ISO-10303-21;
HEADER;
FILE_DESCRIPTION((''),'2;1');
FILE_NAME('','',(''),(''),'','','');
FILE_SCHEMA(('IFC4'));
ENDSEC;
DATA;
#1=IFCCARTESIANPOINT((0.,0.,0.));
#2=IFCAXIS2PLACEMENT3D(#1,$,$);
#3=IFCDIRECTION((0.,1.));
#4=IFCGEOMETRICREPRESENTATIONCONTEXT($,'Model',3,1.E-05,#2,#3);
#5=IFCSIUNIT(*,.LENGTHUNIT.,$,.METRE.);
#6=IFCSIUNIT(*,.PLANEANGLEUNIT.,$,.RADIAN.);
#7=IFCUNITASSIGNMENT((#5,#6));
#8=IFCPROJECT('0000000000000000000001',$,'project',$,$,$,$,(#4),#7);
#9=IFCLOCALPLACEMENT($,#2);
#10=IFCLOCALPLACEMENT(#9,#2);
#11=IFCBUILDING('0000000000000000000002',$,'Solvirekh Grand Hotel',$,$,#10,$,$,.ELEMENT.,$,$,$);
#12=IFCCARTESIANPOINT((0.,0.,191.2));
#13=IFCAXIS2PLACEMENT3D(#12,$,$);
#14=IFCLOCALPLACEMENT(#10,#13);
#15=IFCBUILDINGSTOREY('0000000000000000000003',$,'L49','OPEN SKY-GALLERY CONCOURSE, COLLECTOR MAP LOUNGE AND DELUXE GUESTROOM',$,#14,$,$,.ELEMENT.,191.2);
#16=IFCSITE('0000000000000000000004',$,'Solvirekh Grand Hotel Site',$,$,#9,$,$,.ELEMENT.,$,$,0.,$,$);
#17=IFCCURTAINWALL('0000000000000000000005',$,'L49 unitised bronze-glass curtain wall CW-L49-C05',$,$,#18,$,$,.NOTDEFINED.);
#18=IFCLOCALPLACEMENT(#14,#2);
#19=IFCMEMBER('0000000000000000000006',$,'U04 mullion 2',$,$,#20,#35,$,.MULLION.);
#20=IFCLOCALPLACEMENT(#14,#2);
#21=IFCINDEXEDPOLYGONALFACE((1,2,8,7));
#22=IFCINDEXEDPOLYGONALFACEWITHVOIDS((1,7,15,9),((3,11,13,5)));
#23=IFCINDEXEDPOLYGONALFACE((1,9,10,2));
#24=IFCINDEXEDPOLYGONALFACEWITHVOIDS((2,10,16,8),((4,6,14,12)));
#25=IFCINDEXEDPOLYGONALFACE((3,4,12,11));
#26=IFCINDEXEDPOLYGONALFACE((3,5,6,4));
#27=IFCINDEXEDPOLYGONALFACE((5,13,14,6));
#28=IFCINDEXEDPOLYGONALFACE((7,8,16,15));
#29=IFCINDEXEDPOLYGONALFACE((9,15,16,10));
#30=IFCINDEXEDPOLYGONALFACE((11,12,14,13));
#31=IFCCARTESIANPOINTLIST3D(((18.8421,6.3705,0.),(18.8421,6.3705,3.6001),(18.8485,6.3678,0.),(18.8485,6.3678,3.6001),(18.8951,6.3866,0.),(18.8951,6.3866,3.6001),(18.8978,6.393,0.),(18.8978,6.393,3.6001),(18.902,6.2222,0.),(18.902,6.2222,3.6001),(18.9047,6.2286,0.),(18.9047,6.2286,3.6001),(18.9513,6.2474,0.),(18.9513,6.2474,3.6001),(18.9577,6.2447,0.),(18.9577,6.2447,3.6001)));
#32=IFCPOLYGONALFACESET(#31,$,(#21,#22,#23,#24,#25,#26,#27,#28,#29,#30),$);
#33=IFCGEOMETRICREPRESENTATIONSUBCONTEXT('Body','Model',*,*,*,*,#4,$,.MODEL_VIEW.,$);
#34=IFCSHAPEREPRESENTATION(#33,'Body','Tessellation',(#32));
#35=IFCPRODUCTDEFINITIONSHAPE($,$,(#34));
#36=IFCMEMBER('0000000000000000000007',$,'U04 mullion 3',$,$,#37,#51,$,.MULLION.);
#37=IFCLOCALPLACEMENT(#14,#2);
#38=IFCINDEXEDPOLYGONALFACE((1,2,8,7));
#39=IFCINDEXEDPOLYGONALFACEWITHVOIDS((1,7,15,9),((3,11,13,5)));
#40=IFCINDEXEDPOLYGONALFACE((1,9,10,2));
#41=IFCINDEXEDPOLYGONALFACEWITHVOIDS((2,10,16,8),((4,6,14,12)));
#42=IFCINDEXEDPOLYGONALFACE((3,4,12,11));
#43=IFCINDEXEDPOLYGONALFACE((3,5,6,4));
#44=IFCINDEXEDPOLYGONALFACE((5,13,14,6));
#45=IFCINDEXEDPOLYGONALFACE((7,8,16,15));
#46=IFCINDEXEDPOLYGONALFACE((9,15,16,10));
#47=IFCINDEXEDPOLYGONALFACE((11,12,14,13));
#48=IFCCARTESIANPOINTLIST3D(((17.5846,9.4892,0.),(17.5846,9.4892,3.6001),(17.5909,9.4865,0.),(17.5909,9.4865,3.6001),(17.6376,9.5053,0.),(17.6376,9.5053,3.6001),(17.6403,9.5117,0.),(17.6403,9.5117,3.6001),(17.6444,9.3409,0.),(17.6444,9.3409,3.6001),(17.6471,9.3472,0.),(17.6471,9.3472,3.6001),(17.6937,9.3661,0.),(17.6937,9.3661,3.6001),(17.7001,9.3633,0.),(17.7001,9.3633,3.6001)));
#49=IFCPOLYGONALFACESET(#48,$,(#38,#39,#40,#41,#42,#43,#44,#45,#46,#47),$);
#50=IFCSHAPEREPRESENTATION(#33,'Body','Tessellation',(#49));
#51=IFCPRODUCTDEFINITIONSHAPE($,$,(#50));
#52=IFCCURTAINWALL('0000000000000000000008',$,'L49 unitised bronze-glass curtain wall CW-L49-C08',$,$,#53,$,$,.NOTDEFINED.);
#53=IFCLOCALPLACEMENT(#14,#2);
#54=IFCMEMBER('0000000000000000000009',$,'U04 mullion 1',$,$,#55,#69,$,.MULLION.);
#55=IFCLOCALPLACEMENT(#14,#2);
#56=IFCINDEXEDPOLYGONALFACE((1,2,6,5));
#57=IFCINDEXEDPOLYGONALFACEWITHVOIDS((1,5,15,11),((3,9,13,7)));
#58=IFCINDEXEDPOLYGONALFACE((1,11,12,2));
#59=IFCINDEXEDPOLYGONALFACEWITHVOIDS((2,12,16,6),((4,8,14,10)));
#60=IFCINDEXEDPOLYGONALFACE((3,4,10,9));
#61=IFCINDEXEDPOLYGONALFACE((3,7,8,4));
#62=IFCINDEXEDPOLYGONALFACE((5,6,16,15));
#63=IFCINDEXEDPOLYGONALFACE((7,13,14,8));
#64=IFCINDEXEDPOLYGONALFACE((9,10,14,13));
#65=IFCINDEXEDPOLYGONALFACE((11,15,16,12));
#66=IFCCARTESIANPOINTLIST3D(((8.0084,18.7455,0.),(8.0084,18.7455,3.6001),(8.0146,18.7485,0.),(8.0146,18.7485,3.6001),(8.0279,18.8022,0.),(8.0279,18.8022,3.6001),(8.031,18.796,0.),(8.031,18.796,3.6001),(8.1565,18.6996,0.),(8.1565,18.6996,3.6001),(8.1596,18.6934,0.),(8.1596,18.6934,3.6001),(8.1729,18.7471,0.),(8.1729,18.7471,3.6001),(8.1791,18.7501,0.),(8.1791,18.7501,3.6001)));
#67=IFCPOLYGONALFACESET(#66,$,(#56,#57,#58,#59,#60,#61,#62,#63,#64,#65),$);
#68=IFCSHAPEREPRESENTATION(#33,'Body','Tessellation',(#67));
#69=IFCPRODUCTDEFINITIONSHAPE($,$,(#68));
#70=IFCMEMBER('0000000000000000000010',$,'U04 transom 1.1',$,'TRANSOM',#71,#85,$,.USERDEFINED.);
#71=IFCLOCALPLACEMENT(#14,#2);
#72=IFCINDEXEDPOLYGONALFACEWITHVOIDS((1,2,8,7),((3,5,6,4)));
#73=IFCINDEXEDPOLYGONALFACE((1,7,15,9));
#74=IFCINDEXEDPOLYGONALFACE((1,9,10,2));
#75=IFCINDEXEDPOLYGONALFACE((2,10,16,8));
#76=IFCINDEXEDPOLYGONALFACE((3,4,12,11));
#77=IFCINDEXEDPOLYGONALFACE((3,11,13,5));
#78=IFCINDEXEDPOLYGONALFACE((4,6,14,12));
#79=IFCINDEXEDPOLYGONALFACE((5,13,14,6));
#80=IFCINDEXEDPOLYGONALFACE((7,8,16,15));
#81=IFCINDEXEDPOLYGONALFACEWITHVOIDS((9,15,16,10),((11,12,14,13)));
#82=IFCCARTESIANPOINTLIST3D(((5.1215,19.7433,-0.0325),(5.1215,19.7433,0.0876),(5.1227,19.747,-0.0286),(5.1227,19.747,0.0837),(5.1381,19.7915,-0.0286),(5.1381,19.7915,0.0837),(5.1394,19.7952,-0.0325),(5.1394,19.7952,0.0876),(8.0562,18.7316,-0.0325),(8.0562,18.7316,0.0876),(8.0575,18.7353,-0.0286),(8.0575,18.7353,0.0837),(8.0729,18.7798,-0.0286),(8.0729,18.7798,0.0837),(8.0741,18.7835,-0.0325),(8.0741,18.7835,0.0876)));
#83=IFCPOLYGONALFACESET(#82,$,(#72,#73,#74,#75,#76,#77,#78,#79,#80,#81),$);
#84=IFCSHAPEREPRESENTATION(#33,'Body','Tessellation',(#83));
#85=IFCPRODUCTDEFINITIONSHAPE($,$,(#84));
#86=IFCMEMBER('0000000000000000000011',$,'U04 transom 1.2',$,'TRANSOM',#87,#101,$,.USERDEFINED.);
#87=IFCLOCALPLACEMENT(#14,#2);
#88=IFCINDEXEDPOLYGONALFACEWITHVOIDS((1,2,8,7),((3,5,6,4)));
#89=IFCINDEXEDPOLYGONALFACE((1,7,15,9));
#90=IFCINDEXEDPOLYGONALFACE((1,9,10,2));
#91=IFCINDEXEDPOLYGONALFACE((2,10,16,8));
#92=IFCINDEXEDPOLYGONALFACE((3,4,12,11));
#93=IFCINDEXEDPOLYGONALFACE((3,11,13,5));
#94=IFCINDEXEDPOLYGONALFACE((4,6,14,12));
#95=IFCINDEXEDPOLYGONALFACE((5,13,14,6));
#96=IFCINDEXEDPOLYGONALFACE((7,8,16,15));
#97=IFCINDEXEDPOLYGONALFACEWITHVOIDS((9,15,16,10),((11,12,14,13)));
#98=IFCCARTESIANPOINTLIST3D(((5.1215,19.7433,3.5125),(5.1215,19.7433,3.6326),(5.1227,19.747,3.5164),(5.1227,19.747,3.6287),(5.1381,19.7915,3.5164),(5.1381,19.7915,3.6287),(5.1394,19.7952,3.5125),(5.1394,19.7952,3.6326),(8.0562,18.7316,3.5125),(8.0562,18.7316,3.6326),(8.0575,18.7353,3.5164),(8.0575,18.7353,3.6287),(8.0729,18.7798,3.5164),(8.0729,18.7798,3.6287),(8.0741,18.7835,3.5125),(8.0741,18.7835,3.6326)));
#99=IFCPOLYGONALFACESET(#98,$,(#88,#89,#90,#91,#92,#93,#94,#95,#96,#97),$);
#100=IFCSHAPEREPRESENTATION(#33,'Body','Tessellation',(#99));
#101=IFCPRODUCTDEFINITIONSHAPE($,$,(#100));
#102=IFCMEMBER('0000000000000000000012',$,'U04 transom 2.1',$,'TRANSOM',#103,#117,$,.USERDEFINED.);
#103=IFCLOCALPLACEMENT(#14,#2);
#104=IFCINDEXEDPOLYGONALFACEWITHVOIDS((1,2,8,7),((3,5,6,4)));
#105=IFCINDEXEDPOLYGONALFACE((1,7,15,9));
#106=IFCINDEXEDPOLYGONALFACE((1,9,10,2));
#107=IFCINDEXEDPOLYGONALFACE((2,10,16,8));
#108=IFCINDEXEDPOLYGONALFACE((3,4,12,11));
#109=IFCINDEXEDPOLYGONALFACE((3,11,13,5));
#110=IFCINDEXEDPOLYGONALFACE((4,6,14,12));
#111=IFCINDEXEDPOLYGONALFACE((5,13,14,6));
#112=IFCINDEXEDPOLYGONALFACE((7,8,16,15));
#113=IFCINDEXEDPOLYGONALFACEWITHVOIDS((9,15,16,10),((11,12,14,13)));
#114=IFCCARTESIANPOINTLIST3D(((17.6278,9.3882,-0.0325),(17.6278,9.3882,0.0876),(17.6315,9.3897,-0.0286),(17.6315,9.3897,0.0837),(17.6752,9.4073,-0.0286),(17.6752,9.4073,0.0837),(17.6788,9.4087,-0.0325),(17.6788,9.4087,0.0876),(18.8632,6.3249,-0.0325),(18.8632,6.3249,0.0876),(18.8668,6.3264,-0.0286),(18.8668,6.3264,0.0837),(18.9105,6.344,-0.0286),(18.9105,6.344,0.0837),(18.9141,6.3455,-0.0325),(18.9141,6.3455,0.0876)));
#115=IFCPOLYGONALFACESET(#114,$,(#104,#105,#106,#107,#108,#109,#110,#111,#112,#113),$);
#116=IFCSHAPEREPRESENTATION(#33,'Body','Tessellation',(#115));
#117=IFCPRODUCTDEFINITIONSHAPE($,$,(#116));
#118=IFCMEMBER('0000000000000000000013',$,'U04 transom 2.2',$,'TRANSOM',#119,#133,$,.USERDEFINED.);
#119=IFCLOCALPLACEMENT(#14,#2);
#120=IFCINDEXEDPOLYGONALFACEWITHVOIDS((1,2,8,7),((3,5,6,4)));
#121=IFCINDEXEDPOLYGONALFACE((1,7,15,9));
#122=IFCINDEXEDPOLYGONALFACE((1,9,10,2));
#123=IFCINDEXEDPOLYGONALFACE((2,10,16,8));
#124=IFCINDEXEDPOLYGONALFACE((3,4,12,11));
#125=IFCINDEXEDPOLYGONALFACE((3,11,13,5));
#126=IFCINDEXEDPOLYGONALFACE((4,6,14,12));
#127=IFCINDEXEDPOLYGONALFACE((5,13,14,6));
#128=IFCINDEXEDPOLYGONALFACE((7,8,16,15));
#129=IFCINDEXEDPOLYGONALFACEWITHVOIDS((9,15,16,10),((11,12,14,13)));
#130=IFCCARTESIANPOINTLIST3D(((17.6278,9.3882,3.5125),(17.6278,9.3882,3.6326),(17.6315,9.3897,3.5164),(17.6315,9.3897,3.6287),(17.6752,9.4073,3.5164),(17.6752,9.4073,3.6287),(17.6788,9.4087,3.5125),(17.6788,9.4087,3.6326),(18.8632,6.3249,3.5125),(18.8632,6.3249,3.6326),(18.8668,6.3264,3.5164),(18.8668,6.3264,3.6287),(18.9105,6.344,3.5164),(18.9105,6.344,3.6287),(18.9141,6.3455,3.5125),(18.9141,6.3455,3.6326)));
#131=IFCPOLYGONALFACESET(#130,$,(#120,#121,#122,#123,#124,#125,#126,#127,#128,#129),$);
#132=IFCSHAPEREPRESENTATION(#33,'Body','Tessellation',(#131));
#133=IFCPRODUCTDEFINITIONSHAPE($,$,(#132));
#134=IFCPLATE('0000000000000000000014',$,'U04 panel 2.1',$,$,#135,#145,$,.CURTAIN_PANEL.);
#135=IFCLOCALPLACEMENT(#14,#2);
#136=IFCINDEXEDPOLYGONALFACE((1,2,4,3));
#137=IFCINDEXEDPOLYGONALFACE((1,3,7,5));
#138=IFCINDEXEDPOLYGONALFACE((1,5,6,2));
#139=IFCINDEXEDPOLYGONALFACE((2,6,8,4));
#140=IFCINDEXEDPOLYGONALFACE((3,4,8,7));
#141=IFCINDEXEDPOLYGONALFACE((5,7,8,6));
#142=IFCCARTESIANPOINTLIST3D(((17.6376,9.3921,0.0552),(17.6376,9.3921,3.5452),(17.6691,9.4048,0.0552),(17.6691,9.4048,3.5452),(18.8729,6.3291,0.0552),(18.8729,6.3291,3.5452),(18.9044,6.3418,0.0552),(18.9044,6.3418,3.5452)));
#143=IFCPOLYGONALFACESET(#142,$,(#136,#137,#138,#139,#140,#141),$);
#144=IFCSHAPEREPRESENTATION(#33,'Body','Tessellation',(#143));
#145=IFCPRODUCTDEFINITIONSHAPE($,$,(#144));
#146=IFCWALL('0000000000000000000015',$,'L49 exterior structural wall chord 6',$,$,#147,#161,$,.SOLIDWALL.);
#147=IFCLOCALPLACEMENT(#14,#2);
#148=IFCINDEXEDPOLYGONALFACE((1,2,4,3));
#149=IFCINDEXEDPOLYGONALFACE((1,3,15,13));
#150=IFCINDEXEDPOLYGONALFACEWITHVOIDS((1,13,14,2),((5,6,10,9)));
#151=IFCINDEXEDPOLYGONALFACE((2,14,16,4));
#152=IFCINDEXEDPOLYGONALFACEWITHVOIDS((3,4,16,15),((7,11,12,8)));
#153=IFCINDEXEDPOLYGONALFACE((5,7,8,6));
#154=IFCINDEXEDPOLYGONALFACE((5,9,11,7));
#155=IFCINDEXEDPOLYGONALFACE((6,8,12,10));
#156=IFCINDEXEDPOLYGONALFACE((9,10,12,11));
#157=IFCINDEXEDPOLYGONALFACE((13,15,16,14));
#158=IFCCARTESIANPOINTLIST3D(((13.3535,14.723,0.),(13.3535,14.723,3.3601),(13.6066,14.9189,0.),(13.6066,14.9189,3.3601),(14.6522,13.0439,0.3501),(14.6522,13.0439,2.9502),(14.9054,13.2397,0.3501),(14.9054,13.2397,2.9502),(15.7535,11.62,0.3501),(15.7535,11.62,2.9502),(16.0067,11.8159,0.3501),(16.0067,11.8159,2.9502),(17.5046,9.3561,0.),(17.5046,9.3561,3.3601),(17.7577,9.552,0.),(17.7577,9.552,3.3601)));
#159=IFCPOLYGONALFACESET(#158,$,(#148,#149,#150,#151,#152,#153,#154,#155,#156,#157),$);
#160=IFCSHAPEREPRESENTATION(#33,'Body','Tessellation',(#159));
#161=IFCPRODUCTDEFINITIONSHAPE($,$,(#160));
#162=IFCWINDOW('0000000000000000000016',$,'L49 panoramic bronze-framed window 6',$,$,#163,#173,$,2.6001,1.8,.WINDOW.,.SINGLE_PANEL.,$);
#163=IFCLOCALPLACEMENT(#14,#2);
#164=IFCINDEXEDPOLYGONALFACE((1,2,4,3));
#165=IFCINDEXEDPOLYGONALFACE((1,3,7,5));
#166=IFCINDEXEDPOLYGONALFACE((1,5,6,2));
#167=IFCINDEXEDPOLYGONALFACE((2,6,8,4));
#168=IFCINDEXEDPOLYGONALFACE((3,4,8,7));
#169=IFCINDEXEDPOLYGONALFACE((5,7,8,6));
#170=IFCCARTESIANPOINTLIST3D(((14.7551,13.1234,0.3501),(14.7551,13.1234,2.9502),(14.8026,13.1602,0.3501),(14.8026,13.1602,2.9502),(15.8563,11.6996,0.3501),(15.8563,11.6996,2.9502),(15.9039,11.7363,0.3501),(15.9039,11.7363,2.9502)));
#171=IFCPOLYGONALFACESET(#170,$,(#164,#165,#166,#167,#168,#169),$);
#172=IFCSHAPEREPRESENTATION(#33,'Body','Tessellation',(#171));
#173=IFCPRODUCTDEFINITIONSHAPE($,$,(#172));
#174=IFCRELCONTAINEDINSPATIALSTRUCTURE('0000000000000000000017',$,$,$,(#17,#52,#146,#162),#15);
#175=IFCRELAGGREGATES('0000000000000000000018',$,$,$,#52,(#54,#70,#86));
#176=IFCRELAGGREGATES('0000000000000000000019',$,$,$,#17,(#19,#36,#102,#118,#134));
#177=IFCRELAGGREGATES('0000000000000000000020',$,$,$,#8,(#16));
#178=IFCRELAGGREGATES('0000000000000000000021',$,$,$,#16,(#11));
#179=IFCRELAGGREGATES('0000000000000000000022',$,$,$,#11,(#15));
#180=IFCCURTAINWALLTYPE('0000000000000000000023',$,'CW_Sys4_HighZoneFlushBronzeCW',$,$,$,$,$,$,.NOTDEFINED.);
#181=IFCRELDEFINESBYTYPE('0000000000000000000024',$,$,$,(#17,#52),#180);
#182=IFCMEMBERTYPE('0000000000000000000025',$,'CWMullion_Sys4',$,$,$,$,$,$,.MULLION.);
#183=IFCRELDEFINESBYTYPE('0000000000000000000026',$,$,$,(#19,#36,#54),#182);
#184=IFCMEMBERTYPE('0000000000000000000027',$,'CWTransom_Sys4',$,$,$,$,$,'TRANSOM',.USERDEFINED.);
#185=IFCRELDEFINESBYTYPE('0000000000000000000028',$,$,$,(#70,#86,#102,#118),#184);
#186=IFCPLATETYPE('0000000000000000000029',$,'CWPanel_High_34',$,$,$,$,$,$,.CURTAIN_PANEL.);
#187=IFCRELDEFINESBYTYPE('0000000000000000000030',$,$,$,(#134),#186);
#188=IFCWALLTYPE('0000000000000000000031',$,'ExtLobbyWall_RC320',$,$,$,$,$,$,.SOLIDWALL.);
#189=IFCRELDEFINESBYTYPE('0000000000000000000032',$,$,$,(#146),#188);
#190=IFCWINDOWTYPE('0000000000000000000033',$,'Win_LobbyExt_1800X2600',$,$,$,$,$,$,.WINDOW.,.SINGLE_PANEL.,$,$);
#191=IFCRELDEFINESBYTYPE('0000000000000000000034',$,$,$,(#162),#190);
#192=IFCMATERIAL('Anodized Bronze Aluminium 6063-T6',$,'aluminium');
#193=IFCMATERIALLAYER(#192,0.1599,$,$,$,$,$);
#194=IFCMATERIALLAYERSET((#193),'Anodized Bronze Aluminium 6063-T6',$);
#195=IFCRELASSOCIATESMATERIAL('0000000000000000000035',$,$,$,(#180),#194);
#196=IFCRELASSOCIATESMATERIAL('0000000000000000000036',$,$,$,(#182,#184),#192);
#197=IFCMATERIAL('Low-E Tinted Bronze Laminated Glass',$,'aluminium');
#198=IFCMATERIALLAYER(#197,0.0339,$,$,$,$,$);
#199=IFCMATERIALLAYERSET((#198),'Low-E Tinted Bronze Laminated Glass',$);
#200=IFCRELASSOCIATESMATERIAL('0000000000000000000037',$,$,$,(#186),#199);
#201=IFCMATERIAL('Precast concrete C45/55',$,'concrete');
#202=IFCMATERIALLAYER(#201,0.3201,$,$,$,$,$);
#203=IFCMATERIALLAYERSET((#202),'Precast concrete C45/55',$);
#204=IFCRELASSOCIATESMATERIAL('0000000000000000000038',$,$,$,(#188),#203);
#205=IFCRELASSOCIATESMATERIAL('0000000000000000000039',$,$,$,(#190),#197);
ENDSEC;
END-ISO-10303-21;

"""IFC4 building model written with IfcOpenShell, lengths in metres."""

from ifc_helpers import new_model, si_unit, direction, frame, frame_2d, origin, origin_2d, place, context, subcontext, project, spatial, rectangle, hollow_rectangle, extrude, source, transform, mapped, material, layer, layer_set, material_profile, profile_set, type_object, element, fill, aggregate, save


model = new_model("IFC4")

# Units and contexts
model_context = context("Model", 3, precision=1e-05, world=origin(), true_north=direction((0.0, 1.0)))
body_context = subcontext(model_context, "Body", "Model", "MODEL_VIEW")
ifc_project = project(units=[si_unit("LENGTHUNIT", "METRE"), si_unit("PLANEANGLEUNIT", "RADIAN")], contexts=[model_context])

# Site, building, storey
site_placement = place(None, origin())
site = spatial("IfcSite", under=ifc_project, at=site_placement, Name="Solvirekh Grand Hotel Site", CompositionType="ELEMENT", RefElevation=0.0)
building_placement = place(site_placement, origin())
building = spatial("IfcBuilding", under=site, at=building_placement, Name="Solvirekh Grand Hotel", CompositionType="ELEMENT")
storey_placement = place(building_placement, frame((0.0, 0.0, 191.2)))
storey = spatial("IfcBuildingStorey", under=building, at=storey_placement, Name="L49", Description="OPEN SKY-GALLERY CONCOURSE, COLLECTOR MAP LOUNGE AND DELUXE GUESTROOM", CompositionType="ELEMENT", Elevation=191.2)

# Curtain walls, members
ifc_material_1 = material(Name="Anodized Bronze Aluminium 6063-T6", Category="aluminium")
ifc_layer_1 = layer(ifc_material_1, 0.1599)
ifc_layer_set_1 = layer_set([ifc_layer_1], Name="Anodized Bronze Aluminium 6063-T6")
curtain_wall_type = type_object("IfcCurtainWallType", Name="CW_Sys4_HighZoneFlushBronzeCW", PredefinedType="NOTDEFINED", material=ifc_layer_set_1)
curtain_wall_1_placement = place(storey_placement, origin())
curtain_wall_1 = element("IfcCurtainWall", 1, at=curtain_wall_1_placement, inside=storey, type_object=curtain_wall_type, Name="L49 unitised bronze-glass curtain wall CW-L49-C05", PredefinedType="NOTDEFINED")
ifc_material_profile_1 = material_profile(ifc_material_1, hollow_rectangle(XDim=0.0601, YDim=0.1599, WallThickness=0.0049, at=origin_2d()), Name="ALU RHS 160X60X5")
ifc_profile_set_1 = profile_set([ifc_material_profile_1], Name="Anodized Bronze Aluminium 6063-T6")
member_type_1 = type_object("IfcMemberType", Name="CWMullion_Sys4", PredefinedType="MULLION", material=ifc_profile_set_1)
shared_shape_1 = source(origin(), body_context, "Body", "SweptSolid", [
    extrude(hollow_rectangle(XDim=0.0601, YDim=0.1599, WallThickness=0.0049, at=origin_2d()), origin(), (0.0, 0.0, 1.0), 3.6001),
])
member_1_placement = place(storey_placement, frame((18.8999, 6.3076, 0.0), z_axis=(0.0, 0.0, 1.0), x_axis=(-0.927416, -0.374032, 0.0)))
member_1 = element("IfcMember", 2, at=member_1_placement, type_object=member_type_1, Name="U04 mullion 2", PredefinedType="MULLION", context=body_context, shape_type="MappedRepresentation", body=[
    mapped(shared_shape_1, transform((0.0, 0.0, 0.0), x_axis=(1.0, 0.0, 0.0), y_axis=(0.0, 1.0, 0.0), z_axis=(0.0, 0.0, 1.0), scale=1.0)),
])
member_2_placement = place(storey_placement, frame((17.6423, 9.4263, 0.0), z_axis=(0.0, 0.0, 1.0), x_axis=(-0.927416, -0.374032, 0.0)))
member_2 = element("IfcMember", 3, at=member_2_placement, type_object=member_type_1, Name="U04 mullion 3", PredefinedType="MULLION", context=body_context, shape_type="MappedRepresentation", body=[
    mapped(shared_shape_1, transform((0.0, 0.0, 0.0), x_axis=(1.0, 0.0, 0.0), y_axis=(0.0, 1.0, 0.0), z_axis=(0.0, 0.0, 1.0), scale=1.0)),
])
curtain_wall_2_placement = place(storey_placement, origin())
curtain_wall_2 = element("IfcCurtainWall", 4, at=curtain_wall_2_placement, inside=storey, type_object=curtain_wall_type, Name="L49 unitised bronze-glass curtain wall CW-L49-C08", PredefinedType="NOTDEFINED")
member_3_placement = place(storey_placement, frame((8.0938, 18.7478, 0.0), z_axis=(0.0, 0.0, 1.0), x_axis=(-0.325885, -0.94541, 0.0)))
member_3 = element("IfcMember", 5, at=member_3_placement, type_object=member_type_1, Name="U04 mullion 1", PredefinedType="MULLION", context=body_context, shape_type="MappedRepresentation", body=[
    mapped(shared_shape_1, transform((0.0, 0.0, 0.0), x_axis=(1.0, 0.0, 0.0), y_axis=(0.0, 1.0, 0.0), z_axis=(0.0, 0.0, 1.0), scale=1.0)),
])
ifc_material_profile_2 = material_profile(ifc_material_1, hollow_rectangle(XDim=0.0549, YDim=0.1201, WallThickness=0.0039, at=origin_2d()), Name="ALU RHS 120X55X4")
ifc_profile_set_2 = profile_set([ifc_material_profile_2], Name="Anodized Bronze Aluminium 6063-T6")
member_type_2 = type_object("IfcMemberType", Name="CWTransom_Sys4", ElementType="TRANSOM", PredefinedType="USERDEFINED", material=ifc_profile_set_2)
shared_shape_2 = source(origin(), body_context, "Body", "SweptSolid", [
    extrude(hollow_rectangle(XDim=0.0549, YDim=0.1201, WallThickness=0.0039, at=origin_2d()), origin(), (0.0, 0.0, 1.0), 3.1042),
])
member_4_placement = place(storey_placement, frame((8.0652, 18.7576, 0.0276), z_axis=(-0.945401, 0.325908, 0.0), x_axis=(-0.325908, -0.945401, 0.0)))
member_4 = element("IfcMember", 6, at=member_4_placement, type_object=member_type_2, Name="U04 transom 1.1", ObjectType="TRANSOM", PredefinedType="USERDEFINED", context=body_context, shape_type="MappedRepresentation", body=[
    mapped(shared_shape_2, transform((0.0, 0.0, 0.0), x_axis=(1.0, 0.0, 0.0), y_axis=(0.0, 1.0, 0.0), z_axis=(0.0, 0.0, 1.0), scale=1.0)),
])
member_5_placement = place(storey_placement, frame((8.0652, 18.7576, 3.5725), z_axis=(-0.945401, 0.325908, 0.0), x_axis=(-0.325908, -0.945401, 0.0)))
member_5 = element("IfcMember", 7, at=member_5_placement, type_object=member_type_2, Name="U04 transom 1.2", ObjectType="TRANSOM", PredefinedType="USERDEFINED", context=body_context, shape_type="MappedRepresentation", body=[
    mapped(shared_shape_2, transform((0.0, 0.0, 0.0), x_axis=(1.0, 0.0, 0.0), y_axis=(0.0, 1.0, 0.0), z_axis=(0.0, 0.0, 1.0), scale=1.0)),
])
aggregate(curtain_wall_2, [member_3, member_4, member_5])

# Members
shared_shape_3 = source(origin(), body_context, "Body", "SweptSolid", [
    extrude(hollow_rectangle(XDim=0.0549, YDim=0.1201, WallThickness=0.0039, at=origin_2d()), origin(), (0.0, 0.0, 1.0), 3.303),
])
member_6_placement = place(storey_placement, frame((18.8887, 6.3352, 0.0276), z_axis=(-0.374014, 0.927423, 0.0), x_axis=(-0.927423, -0.374014, 0.0)))
member_6 = element("IfcMember", 8, at=member_6_placement, type_object=member_type_2, Name="U04 transom 2.1", ObjectType="TRANSOM", PredefinedType="USERDEFINED", context=body_context, shape_type="MappedRepresentation", body=[
    mapped(shared_shape_3, transform((0.0, 0.0, 0.0), x_axis=(1.0, 0.0, 0.0), y_axis=(0.0, 1.0, 0.0), z_axis=(0.0, 0.0, 1.0), scale=1.0)),
])
member_7_placement = place(storey_placement, frame((18.8887, 6.3352, 3.5725), z_axis=(-0.374014, 0.927423, 0.0), x_axis=(-0.927423, -0.374014, 0.0)))
member_7 = element("IfcMember", 9, at=member_7_placement, type_object=member_type_2, Name="U04 transom 2.2", ObjectType="TRANSOM", PredefinedType="USERDEFINED", context=body_context, shape_type="MappedRepresentation", body=[
    mapped(shared_shape_3, transform((0.0, 0.0, 0.0), x_axis=(1.0, 0.0, 0.0), y_axis=(0.0, 1.0, 0.0), z_axis=(0.0, 0.0, 1.0), scale=1.0)),
])

# Plate
ifc_material_2 = material(Name="Low-E Tinted Bronze Laminated Glass", Category="aluminium")
ifc_layer_2 = layer(ifc_material_2, 0.0339)
ifc_layer_set_2 = layer_set([ifc_layer_2], Name="Low-E Tinted Bronze Laminated Glass")
plate_type = type_object("IfcPlateType", Name="CWPanel_High_34", PredefinedType="CURTAIN_PANEL", material=ifc_layer_set_2)
shared_shape_4 = source(origin(), body_context, "Body", "SweptSolid", [
    extrude(rectangle(XDim=3.3027, YDim=0.0339, at=origin_2d()), origin(), (0.0, 0.0, 1.0), 3.49),
])
plate_placement = place(storey_placement, frame((18.271, 7.8669, 0.0552), z_axis=(0.0, 0.0, 1.0), x_axis=(-0.374032, 0.927416, 0.0)))
plate = element("IfcPlate", 10, at=plate_placement, type_object=plate_type, Name="U04 panel 2.1", PredefinedType="CURTAIN_PANEL", context=body_context, shape_type="MappedRepresentation", body=[
    mapped(shared_shape_4, transform((0.0, 0.0, 0.0), x_axis=(1.0, 0.0, 0.0), y_axis=(0.0, 1.0, 0.0), z_axis=(0.0, 0.0, 1.0), scale=1.0)),
])
aggregate(curtain_wall_1, [member_1, member_2, member_6, member_7, plate])

# Wall, opening, window
ifc_material_3 = material(Name="Precast concrete C45/55", Category="concrete")
ifc_layer_3 = layer(ifc_material_3, 0.3201)
ifc_layer_set_3 = layer_set([ifc_layer_3], Name="Precast concrete C45/55")
wall_type_1 = type_object("IfcWallType", Name="ExtLobbyWall_RC320", PredefinedType="SOLIDWALL", material=ifc_layer_set_3)
wall_1_placement = place(storey_placement, frame((13.48, 14.821, 0.0), z_axis=(0.0, 0.0, 1.0), x_axis=(0.611811, -0.791004, 0.0)))
wall_1 = element("IfcWall", 11, at=wall_1_placement, inside=storey, type_object=wall_type_1, Name="L49 exterior structural wall chord 6", PredefinedType="SOLIDWALL", context=body_context, shape_type="SweptSolid", body=[
    extrude(rectangle(XDim=6.7849, YDim=0.3201, at=frame_2d((3.3926, 0.0))), origin(), (0.0, 0.0, 1.0), 3.3601),
])
opening_1_placement = place(wall_1_placement, frame((2.123, 0.0, 0.3501)))
opening_1 = element("IfcOpeningElement", 12, at=opening_1_placement, cuts=wall_1, PredefinedType="OPENING", context=body_context, shape_type="SweptSolid", body=[
    extrude(rectangle(XDim=1.8, YDim=2.6001, at=frame_2d((0.8999, 1.3))), frame((0.0, 0.1699, 0.0), z_axis=(0.0, -1.0, 0.0), x_axis=(1.0, 0.0, 0.0)), (0.0, 0.0, 1.0), 0.3401),
])
window_type = type_object("IfcWindowType", Name="Win_LobbyExt_1800X2600", PartitioningType="SINGLE_PANEL", PredefinedType="WINDOW", material=ifc_material_2)
window_1_placement = place(opening_1_placement, origin())
window_1 = element("IfcWindow", 13, at=window_1_placement, inside=storey, type_object=window_type, Name="L49 panoramic bronze-framed window 6", OverallHeight=2.6001, OverallWidth=1.8, PartitioningType="SINGLE_PANEL", PredefinedType="WINDOW", context=body_context, shape_type="SweptSolid", body=[
    extrude(rectangle(XDim=1.8, YDim=2.6001, at=frame_2d((0.8999, 1.3))), frame((0.0, 0.03, 0.0), z_axis=(0.0, -1.0, 0.0), x_axis=(1.0, 0.0, 0.0)), (0.0, 0.0, 1.0), 0.0601),
])
fill(opening_1, window_1)

save(model, "model.ifc")
